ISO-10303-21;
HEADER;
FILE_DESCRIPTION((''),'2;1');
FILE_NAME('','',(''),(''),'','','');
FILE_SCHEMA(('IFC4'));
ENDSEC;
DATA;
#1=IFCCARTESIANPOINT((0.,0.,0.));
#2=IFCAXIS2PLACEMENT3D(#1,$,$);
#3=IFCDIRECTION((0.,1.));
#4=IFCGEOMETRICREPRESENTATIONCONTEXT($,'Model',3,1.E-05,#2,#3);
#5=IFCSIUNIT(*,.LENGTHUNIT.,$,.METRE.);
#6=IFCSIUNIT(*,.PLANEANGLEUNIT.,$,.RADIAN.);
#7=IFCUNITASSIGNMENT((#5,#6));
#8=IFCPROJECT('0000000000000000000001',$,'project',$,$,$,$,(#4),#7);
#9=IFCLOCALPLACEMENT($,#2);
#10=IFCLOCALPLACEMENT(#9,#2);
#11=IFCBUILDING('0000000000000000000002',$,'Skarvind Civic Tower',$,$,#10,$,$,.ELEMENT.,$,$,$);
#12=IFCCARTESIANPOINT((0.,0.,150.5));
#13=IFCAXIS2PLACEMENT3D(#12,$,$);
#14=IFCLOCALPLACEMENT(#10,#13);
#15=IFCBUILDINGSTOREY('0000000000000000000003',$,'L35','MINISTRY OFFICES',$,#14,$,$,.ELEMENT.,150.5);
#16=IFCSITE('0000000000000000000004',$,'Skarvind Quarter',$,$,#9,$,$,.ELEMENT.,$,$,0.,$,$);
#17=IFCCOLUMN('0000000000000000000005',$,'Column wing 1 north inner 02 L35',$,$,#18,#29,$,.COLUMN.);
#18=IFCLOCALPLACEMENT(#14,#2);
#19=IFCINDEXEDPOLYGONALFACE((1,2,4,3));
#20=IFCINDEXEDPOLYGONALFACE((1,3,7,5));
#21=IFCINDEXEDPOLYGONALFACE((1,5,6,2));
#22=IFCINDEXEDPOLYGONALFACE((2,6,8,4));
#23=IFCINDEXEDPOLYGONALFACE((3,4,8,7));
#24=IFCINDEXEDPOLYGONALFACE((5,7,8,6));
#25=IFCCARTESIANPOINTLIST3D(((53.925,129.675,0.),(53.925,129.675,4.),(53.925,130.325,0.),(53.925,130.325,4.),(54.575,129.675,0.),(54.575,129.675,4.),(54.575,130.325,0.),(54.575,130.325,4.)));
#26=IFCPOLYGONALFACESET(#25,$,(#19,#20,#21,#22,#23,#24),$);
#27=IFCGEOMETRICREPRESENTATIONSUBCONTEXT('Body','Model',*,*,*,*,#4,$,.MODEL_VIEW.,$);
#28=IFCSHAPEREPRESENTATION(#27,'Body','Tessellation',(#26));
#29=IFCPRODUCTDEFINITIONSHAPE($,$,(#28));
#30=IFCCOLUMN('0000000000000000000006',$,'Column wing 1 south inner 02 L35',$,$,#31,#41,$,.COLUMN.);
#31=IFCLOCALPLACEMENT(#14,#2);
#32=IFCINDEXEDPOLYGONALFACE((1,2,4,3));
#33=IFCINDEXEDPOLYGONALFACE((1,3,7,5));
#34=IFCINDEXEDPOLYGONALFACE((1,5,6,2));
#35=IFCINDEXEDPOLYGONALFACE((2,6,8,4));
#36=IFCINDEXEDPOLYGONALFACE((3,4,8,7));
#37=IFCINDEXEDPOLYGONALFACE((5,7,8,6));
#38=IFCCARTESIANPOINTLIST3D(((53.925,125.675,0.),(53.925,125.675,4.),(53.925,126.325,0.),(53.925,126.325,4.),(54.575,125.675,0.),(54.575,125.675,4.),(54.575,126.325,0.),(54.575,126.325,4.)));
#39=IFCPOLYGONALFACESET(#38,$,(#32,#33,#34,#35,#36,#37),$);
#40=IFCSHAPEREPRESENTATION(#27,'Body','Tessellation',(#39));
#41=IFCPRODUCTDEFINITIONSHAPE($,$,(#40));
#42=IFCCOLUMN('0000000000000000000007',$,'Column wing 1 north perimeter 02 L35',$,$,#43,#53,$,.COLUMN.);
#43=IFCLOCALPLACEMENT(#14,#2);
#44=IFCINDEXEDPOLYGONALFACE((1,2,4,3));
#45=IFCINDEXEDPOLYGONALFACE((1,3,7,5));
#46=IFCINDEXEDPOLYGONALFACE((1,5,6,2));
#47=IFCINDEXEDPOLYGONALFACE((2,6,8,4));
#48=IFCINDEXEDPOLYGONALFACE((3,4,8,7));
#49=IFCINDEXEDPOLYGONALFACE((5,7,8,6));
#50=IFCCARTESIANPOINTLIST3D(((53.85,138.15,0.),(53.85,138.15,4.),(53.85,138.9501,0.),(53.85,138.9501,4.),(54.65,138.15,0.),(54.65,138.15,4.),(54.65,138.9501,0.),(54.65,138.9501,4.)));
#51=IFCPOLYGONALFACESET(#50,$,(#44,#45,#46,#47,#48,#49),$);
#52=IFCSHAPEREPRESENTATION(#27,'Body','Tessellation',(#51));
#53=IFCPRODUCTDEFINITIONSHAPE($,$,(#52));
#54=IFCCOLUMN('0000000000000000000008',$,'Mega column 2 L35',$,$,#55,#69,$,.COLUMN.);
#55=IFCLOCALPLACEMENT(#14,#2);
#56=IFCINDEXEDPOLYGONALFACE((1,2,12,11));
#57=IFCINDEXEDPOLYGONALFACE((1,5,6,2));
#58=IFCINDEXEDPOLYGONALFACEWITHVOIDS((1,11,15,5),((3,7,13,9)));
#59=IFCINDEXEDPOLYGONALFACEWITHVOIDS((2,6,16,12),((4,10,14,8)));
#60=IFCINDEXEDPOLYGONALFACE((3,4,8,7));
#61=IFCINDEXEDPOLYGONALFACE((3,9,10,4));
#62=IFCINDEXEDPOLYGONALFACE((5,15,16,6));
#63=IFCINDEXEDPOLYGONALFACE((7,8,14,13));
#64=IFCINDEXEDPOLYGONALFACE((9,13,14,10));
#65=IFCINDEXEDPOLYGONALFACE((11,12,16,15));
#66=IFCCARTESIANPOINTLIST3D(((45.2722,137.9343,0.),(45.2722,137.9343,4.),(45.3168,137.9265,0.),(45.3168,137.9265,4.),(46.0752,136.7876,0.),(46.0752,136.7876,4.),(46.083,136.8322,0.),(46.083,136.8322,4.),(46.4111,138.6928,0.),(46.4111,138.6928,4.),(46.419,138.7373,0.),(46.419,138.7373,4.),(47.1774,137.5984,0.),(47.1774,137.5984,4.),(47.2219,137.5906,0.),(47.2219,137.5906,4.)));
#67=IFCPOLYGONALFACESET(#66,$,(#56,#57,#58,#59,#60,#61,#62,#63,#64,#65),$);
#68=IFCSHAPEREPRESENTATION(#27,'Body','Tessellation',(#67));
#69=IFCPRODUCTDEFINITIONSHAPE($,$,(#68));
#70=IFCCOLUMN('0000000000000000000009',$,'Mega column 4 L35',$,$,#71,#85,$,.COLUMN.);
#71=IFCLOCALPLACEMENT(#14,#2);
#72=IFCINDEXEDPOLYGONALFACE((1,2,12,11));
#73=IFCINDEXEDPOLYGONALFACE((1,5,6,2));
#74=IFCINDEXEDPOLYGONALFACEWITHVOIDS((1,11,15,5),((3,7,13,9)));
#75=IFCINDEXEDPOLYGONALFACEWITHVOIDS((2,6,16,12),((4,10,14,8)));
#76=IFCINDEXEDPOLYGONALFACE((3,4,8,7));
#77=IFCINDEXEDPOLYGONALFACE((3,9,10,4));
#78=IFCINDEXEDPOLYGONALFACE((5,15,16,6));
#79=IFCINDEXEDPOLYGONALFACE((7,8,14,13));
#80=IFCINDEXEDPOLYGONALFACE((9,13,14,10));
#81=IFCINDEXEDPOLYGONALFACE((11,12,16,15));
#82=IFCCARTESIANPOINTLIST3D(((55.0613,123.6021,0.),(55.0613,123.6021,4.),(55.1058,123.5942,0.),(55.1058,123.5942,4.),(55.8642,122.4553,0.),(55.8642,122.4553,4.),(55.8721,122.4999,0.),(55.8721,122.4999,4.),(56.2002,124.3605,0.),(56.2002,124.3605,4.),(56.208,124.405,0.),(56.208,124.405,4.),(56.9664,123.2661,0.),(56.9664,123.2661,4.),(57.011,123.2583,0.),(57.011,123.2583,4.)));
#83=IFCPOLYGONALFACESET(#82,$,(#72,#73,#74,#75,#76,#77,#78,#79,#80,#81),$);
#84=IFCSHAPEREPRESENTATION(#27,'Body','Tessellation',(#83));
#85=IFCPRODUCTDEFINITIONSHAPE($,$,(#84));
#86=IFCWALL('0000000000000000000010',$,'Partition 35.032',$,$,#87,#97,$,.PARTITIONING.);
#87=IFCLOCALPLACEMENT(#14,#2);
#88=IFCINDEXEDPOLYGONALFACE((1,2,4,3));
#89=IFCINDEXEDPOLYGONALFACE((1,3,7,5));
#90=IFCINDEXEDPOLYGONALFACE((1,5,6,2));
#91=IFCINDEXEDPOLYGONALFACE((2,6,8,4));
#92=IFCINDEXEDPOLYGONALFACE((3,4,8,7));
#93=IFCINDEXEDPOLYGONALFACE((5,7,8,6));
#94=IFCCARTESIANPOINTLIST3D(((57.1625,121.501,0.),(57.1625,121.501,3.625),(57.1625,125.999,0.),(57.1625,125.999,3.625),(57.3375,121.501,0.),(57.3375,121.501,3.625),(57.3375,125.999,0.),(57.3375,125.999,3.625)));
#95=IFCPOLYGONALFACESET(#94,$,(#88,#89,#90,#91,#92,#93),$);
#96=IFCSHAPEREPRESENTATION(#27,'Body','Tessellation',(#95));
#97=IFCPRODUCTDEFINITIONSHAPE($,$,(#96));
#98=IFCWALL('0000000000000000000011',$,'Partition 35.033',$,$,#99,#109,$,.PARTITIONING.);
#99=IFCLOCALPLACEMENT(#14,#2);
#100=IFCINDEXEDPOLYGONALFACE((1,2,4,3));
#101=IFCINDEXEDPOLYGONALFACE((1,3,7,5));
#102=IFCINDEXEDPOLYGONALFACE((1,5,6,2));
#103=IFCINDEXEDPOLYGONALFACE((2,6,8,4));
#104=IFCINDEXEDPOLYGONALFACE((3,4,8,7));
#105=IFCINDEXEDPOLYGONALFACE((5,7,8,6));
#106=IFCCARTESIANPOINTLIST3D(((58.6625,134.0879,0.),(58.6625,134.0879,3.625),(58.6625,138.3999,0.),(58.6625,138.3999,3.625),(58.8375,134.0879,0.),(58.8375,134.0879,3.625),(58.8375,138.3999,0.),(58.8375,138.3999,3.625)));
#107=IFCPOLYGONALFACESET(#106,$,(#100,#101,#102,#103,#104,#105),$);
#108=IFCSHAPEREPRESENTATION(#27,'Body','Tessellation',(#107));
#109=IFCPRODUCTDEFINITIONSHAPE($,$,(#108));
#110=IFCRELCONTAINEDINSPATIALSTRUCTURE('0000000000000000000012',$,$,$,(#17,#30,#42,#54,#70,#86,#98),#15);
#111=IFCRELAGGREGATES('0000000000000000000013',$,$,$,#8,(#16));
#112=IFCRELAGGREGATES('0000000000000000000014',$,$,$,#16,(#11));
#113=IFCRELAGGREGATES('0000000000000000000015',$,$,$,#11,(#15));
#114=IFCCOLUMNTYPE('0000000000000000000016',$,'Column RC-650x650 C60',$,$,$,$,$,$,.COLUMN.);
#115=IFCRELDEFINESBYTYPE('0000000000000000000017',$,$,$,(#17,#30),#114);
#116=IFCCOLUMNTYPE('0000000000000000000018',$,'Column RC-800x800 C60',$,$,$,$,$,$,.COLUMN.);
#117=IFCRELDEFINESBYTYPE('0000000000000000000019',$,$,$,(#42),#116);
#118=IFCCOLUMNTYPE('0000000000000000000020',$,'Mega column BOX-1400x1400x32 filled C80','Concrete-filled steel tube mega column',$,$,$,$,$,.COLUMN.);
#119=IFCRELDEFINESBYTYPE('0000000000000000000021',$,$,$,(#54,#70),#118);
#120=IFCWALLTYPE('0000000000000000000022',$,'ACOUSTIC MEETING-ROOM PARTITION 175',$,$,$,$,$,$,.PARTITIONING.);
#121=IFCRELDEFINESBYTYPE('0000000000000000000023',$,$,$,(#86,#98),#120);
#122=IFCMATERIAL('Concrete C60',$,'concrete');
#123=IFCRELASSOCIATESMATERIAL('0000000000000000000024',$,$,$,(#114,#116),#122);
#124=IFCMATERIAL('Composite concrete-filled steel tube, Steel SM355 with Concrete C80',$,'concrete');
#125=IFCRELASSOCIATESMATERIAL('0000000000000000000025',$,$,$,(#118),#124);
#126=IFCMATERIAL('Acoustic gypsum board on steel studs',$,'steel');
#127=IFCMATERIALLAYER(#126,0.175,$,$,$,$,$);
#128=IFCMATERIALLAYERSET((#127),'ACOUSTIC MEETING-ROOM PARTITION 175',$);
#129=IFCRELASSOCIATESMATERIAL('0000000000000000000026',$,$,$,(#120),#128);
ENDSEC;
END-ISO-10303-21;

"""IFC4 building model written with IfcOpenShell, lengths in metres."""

from ifc_helpers import new_model, si_unit, direction, frame, frame_2d, origin, origin_2d, place, context, subcontext, project, spatial, rectangle, hollow_rectangle, extrude, material, layer, layer_set, material_profile, profile_set, type_object, element, save


model = new_model("IFC4")

# Units and contexts
model_context = context("Model", 3, precision=1e-05, world=origin(), true_north=direction((0.0, 1.0)))
body_context = subcontext(model_context, "Body", "Model", "MODEL_VIEW")
ifc_project = project(units=[si_unit("LENGTHUNIT", "METRE"), si_unit("PLANEANGLEUNIT", "RADIAN")], contexts=[model_context])

# Site, building, storey
site_placement = place(None, origin())
site = spatial("IfcSite", under=ifc_project, at=site_placement, Name="Skarvind Quarter", CompositionType="ELEMENT", RefElevation=0.0)
building_placement = place(site_placement, origin())
building = spatial("IfcBuilding", under=site, at=building_placement, Name="Skarvind Civic Tower", CompositionType="ELEMENT")
storey_placement = place(building_placement, frame((0.0, 0.0, 150.5)))
storey = spatial("IfcBuildingStorey", under=building, at=storey_placement, Name="L35", Description="MINISTRY OFFICES", CompositionType="ELEMENT", Elevation=150.5)

# Columns
ifc_material_1 = material(Name="Concrete C60", Category="concrete")
ifc_material_profile_1 = material_profile(ifc_material_1, rectangle(XDim=0.6499, YDim=0.6499, at=origin_2d()), Name="RC-650x650")
ifc_profile_set_1 = profile_set([ifc_material_profile_1], Name="Concrete C60")
column_type_1 = type_object("IfcColumnType", Name="Column RC-650x650 C60", PredefinedType="COLUMN", material=ifc_profile_set_1)
for number, where, z_axis, x_axis, name in (
    (1, (54.25, 130.0, 0.0), (0.0, 0.0, 1.0), (1.0, 0.0, 0.0), "Column wing 1 north inner 02 L35"),
    (2, (54.25, 126.0, 0.0), (0.0, 0.0, 1.0), (1.0, 0.0, 0.0), "Column wing 1 south inner 02 L35"),
):
    element("IfcColumn", number, at=place(storey_placement, frame(where, z_axis=z_axis, x_axis=x_axis)), inside=storey, type_object=column_type_1, Name=name, PredefinedType="COLUMN", context=body_context, shape_type="SweptSolid", body=[
        extrude(rectangle(XDim=0.6499, YDim=0.6499, at=origin_2d()), origin(), (0.0, 0.0, 1.0), 4.0),
    ])
ifc_material_profile_2 = material_profile(ifc_material_1, rectangle(XDim=0.8, YDim=0.8, at=origin_2d()), Name="RC-800x800")
ifc_profile_set_2 = profile_set([ifc_material_profile_2], Name="Concrete C60")
column_type_2 = type_object("IfcColumnType", Name="Column RC-800x800 C60", PredefinedType="COLUMN", material=ifc_profile_set_2)
column_placement = place(storey_placement, frame((54.25, 138.55, 0.0), z_axis=(0.0, 0.0, 1.0), x_axis=(1.0, 0.0, 0.0)))
element("IfcColumn", 3, at=column_placement, inside=storey, type_object=column_type_2, Name="Column wing 1 north perimeter 02 L35", PredefinedType="COLUMN", context=body_context, shape_type="SweptSolid", body=[
    extrude(rectangle(XDim=0.8, YDim=0.8, at=origin_2d()), origin(), (0.0, 0.0, 1.0), 4.0),
])
ifc_material_2 = material(Name="Composite concrete-filled steel tube, Steel SM355 with Concrete C80", Category="concrete")
ifc_material_profile_3 = material_profile(ifc_material_2, hollow_rectangle(XDim=1.3999, YDim=1.3999, WallThickness=0.032, at=origin_2d()), Name="BOX-1400x1400x32")
ifc_profile_set_3 = profile_set([ifc_material_profile_3], Name="Composite concrete-filled steel tube, Steel SM355 with Concrete C80")
column_type_3 = type_object("IfcColumnType", Name="Mega column BOX-1400x1400x32 filled C80", Description="Concrete-filled steel tube mega column", PredefinedType="COLUMN", material=ifc_profile_set_3)
for number, where, z_axis, x_axis, name in (
    (4, (46.2471, 137.7625, 0.0), (0.0, 0.0, 1.0), (0.573576, -0.819152, 0.0), "Mega column 2 L35"),
    (5, (56.0361, 123.4302, 0.0), (0.0, 0.0, 1.0), (0.573576, -0.819152, 0.0), "Mega column 4 L35"),
):
    element("IfcColumn", number, at=place(storey_placement, frame(where, z_axis=z_axis, x_axis=x_axis)), inside=storey, type_object=column_type_3, Name=name, PredefinedType="COLUMN", context=body_context, shape_type="SweptSolid", body=[
        extrude(hollow_rectangle(XDim=1.3999, YDim=1.3999, WallThickness=0.032, at=origin_2d()), origin(), (0.0, 0.0, 1.0), 4.0),
    ])

# Walls
ifc_material_3 = material(Name="Acoustic gypsum board on steel studs", Category="steel")
ifc_layer_1 = layer(ifc_material_3, 0.175)
ifc_layer_set_1 = layer_set([ifc_layer_1], Name="ACOUSTIC MEETING-ROOM PARTITION 175")
wall_type_1 = type_object("IfcWallType", Name="ACOUSTIC MEETING-ROOM PARTITION 175", PredefinedType="PARTITIONING", material=ifc_layer_set_1)
wall_1_placement = place(storey_placement, frame((57.25, 125.999, 0.0), z_axis=(0.0, 0.0, 1.0), x_axis=(0.0, -1.0, 0.0)))
element("IfcWall", 6, at=wall_1_placement, inside=storey, type_object=wall_type_1, Name="Partition 35.032", PredefinedType="PARTITIONING", context=body_context, shape_type="SweptSolid", body=[
    extrude(rectangle(XDim=4.498, YDim=0.175, at=frame_2d((2.249, 0.0))), origin(), (0.0, 0.0, 1.0), 3.625),
])
wall_2_placement = place(storey_placement, frame((58.75, 134.0879, 0.0), z_axis=(0.0, 0.0, 1.0), x_axis=(0.0, 1.0, 0.0)))
element("IfcWall", 7, at=wall_2_placement, inside=storey, type_object=wall_type_1, Name="Partition 35.033", PredefinedType="PARTITIONING", context=body_context, shape_type="SweptSolid", body=[
    extrude(rectangle(XDim=4.312, YDim=0.175, at=frame_2d((2.156, 0.0))), origin(), (0.0, 0.0, 1.0), 3.625),
])

save(model, "model.ifc")
